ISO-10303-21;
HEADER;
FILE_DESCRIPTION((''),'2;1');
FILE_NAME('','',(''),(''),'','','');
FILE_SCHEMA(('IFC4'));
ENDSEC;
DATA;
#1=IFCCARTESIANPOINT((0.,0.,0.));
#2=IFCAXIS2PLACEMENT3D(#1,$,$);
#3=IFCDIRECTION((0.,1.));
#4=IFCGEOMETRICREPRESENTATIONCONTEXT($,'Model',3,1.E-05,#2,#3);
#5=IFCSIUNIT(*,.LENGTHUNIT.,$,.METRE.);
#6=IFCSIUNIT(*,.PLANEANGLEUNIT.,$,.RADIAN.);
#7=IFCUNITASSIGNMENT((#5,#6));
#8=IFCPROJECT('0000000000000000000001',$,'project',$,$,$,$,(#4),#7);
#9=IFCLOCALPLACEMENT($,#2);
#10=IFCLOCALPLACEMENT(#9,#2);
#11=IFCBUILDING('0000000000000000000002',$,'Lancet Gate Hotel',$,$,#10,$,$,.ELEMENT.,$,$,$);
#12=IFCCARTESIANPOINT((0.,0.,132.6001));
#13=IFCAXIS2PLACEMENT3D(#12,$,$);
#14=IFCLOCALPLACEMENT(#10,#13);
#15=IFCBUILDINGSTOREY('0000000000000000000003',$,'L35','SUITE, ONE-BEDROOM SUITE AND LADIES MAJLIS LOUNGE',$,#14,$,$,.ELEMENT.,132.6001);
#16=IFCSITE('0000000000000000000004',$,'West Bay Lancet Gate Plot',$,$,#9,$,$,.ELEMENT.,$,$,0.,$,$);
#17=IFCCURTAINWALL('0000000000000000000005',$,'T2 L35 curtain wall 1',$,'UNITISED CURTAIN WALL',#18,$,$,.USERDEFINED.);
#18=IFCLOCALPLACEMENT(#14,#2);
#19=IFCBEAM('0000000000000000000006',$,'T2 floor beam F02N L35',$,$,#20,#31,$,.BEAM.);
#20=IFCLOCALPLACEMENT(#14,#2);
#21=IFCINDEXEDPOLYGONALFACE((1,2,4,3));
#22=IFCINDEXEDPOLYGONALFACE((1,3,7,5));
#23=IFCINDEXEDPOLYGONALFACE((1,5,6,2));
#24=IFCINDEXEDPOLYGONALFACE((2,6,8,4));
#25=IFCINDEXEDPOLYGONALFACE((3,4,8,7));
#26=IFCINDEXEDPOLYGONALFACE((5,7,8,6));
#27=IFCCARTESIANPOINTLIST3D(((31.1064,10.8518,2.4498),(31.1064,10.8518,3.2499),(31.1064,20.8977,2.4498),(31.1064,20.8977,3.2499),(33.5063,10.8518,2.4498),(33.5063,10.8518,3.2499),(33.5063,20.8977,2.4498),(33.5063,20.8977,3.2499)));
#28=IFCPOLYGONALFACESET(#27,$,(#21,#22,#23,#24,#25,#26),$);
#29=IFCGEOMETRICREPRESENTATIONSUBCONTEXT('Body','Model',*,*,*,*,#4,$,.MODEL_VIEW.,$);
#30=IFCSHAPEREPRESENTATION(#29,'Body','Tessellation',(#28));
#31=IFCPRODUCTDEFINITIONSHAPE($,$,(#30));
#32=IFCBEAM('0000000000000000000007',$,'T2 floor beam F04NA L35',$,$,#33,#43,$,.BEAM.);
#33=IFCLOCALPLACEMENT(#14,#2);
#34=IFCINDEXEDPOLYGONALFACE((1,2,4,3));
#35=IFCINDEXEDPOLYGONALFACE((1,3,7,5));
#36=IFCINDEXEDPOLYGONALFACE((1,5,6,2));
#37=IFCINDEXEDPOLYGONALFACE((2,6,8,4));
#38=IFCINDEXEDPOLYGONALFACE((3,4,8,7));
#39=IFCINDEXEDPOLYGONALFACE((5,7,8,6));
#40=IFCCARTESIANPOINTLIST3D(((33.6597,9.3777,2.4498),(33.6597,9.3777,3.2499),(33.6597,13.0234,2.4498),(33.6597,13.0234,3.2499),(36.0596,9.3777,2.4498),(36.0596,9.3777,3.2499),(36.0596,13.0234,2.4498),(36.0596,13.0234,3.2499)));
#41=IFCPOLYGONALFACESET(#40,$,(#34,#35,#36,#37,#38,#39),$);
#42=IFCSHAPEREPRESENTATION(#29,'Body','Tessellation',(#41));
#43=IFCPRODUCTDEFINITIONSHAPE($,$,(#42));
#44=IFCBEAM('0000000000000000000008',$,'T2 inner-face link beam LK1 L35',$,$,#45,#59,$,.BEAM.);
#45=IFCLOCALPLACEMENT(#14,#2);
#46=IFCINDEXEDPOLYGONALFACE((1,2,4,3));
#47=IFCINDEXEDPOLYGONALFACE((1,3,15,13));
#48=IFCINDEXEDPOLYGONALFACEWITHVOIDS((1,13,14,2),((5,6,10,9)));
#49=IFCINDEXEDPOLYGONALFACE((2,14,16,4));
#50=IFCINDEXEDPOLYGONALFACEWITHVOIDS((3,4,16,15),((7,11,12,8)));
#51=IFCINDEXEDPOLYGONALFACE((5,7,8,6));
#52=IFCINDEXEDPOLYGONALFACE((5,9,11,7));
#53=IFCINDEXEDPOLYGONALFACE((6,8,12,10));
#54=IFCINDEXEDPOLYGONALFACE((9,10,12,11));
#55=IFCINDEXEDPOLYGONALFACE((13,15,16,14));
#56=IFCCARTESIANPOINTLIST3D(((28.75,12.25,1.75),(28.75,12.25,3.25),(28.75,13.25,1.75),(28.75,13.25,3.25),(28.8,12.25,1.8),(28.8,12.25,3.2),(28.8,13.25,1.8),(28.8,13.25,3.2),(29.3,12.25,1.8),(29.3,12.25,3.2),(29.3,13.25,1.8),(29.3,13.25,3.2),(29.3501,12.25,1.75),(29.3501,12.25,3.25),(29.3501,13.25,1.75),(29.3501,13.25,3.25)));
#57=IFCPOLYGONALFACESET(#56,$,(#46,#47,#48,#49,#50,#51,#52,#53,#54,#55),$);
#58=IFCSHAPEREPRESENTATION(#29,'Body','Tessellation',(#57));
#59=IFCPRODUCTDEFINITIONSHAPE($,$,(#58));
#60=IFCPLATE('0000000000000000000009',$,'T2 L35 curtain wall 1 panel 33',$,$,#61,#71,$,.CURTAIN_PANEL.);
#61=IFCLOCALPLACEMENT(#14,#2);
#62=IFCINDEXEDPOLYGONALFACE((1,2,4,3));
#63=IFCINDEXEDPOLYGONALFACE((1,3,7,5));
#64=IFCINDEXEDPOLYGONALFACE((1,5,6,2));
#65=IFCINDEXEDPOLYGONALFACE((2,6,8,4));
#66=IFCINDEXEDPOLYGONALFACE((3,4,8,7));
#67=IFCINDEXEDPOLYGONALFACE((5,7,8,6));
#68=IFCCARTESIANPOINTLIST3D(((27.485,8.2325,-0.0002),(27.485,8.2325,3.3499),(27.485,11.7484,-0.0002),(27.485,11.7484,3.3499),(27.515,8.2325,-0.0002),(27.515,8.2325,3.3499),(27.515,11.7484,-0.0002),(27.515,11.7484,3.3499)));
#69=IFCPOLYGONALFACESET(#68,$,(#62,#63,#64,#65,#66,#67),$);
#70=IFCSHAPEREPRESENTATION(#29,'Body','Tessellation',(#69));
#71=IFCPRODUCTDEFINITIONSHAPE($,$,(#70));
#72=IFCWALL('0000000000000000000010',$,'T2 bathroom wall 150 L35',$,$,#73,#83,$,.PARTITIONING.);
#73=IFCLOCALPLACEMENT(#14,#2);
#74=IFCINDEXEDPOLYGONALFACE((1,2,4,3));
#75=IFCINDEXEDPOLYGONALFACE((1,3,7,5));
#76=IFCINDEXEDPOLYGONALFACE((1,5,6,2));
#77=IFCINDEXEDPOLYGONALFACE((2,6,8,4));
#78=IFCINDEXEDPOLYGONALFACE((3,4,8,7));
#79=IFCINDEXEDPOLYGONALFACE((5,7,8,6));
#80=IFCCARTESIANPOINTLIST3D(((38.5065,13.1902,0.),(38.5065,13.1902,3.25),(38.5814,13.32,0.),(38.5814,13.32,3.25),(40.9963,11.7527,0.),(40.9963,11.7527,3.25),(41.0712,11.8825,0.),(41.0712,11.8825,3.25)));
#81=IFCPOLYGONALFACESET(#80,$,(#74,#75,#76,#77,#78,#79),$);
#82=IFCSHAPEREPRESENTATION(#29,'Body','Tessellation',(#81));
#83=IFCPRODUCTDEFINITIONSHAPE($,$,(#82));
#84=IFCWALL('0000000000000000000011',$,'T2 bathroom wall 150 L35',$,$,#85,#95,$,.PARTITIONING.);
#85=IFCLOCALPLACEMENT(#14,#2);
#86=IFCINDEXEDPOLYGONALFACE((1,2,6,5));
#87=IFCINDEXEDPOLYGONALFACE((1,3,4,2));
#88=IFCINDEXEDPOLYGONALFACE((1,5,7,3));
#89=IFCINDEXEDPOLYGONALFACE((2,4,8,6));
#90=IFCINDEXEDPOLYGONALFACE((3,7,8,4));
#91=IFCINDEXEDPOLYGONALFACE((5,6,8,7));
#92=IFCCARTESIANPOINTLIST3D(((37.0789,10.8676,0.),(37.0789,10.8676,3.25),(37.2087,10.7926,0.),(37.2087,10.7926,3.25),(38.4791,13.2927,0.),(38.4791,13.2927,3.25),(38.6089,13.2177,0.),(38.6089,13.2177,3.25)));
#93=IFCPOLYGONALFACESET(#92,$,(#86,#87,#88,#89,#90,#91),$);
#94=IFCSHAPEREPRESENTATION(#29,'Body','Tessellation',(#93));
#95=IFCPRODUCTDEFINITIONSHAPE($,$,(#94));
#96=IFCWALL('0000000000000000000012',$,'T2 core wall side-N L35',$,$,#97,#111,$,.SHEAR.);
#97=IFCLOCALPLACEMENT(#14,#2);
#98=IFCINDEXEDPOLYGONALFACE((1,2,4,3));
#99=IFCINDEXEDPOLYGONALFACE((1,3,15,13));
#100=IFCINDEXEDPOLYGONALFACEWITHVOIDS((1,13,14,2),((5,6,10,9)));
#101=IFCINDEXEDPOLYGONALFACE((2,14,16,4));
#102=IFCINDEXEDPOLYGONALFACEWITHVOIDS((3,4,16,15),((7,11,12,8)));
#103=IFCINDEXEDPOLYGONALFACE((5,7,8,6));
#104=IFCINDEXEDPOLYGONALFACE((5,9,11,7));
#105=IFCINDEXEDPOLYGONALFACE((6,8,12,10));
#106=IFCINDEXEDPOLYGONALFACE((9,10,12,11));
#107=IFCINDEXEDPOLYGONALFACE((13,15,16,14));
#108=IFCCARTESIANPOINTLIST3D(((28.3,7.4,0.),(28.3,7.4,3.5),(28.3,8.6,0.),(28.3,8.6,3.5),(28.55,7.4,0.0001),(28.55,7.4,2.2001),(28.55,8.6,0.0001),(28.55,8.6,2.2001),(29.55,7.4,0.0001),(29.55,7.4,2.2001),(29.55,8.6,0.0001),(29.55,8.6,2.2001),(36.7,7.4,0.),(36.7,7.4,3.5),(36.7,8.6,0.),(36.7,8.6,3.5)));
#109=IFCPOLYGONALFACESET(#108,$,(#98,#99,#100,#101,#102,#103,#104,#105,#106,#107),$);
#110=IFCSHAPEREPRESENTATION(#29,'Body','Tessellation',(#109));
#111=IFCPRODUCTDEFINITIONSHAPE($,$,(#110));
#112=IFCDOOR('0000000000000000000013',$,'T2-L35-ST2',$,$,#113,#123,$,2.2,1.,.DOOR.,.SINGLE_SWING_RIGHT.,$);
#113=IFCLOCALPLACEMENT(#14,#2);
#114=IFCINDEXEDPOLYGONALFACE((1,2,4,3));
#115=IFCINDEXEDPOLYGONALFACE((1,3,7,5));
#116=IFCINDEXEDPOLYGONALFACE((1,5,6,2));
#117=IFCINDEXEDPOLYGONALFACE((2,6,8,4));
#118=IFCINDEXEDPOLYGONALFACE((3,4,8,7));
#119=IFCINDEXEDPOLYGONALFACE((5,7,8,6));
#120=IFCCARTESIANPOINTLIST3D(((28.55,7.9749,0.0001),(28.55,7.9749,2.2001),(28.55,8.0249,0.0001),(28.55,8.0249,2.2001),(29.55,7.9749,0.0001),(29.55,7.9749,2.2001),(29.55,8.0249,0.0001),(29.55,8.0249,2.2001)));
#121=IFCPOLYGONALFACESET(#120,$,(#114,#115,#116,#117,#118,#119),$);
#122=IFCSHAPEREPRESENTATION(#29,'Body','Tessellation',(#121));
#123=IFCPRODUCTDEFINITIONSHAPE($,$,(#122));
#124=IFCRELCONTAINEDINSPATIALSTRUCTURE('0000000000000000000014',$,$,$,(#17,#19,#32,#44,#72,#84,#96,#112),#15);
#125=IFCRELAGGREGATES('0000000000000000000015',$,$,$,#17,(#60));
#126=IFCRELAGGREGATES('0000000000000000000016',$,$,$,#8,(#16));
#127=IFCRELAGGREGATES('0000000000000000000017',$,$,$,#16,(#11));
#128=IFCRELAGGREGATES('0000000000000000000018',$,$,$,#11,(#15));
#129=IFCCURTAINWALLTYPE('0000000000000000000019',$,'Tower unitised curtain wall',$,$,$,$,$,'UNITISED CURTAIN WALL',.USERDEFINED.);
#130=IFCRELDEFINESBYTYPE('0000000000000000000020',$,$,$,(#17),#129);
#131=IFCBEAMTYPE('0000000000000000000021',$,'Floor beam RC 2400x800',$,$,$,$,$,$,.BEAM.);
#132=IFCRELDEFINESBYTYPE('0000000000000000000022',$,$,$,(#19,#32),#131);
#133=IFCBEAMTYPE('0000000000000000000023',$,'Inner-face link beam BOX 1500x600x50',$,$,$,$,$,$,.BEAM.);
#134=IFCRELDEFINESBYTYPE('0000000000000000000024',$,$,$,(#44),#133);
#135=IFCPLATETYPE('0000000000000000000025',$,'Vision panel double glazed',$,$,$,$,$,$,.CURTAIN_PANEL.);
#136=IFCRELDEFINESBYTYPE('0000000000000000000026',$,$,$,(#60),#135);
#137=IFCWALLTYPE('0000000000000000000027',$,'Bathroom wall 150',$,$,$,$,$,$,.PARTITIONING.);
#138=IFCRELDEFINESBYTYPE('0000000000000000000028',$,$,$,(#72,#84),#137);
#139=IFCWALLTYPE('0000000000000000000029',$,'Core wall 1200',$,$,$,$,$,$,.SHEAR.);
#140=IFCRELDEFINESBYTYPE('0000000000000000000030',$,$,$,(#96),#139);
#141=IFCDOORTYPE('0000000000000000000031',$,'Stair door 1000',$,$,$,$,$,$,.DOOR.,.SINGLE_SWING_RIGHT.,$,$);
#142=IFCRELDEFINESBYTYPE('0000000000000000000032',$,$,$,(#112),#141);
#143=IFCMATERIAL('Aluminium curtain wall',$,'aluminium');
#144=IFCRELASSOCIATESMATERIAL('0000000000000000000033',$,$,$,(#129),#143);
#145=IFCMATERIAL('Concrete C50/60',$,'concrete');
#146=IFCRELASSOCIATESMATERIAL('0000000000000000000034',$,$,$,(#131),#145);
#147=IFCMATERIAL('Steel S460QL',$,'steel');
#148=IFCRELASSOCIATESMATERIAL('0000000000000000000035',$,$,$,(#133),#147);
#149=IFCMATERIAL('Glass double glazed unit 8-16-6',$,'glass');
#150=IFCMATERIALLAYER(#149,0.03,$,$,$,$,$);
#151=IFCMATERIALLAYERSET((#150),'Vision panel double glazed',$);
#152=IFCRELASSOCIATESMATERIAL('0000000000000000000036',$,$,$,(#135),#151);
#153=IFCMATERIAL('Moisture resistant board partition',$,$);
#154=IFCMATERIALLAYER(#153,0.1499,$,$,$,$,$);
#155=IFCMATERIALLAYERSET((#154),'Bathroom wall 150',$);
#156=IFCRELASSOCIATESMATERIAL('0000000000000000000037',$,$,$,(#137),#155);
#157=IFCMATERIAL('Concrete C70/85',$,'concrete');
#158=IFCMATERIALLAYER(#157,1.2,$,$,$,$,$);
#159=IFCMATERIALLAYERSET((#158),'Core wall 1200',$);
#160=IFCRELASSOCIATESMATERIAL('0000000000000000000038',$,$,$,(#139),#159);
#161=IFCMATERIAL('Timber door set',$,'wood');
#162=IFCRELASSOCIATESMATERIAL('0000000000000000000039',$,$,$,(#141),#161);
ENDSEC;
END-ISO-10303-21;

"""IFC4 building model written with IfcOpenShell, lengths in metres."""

from ifc_helpers import new_model, si_unit, direction, frame, frame_2d, origin, origin_2d, place, context, subcontext, project, spatial, rectangle, hollow_rectangle, extrude, material, layer, layer_set, material_profile, profile_set, type_object, element, fill, aggregate, save


model = new_model("IFC4")

# Units and contexts
model_context = context("Model", 3, precision=1e-05, world=origin(), true_north=direction((0.0, 1.0)))
body_context = subcontext(model_context, "Body", "Model", "MODEL_VIEW")
ifc_project = project(units=[si_unit("LENGTHUNIT", "METRE"), si_unit("PLANEANGLEUNIT", "RADIAN")], contexts=[model_context])

# Site, building, storey
site_placement = place(None, origin())
site = spatial("IfcSite", under=ifc_project, at=site_placement, Name="West Bay Lancet Gate Plot", CompositionType="ELEMENT", RefElevation=0.0)
building_placement = place(site_placement, origin())
building = spatial("IfcBuilding", under=site, at=building_placement, Name="Lancet Gate Hotel", CompositionType="ELEMENT")
storey_placement = place(building_placement, frame((0.0, 0.0, 132.6001)))
storey = spatial("IfcBuildingStorey", under=building, at=storey_placement, Name="L35", Description="SUITE, ONE-BEDROOM SUITE AND LADIES MAJLIS LOUNGE", CompositionType="ELEMENT", Elevation=132.6001)

# Curtain wall
ifc_material_1 = material(Name="Aluminium curtain wall", Category="aluminium")
curtain_wall_type = type_object("IfcCurtainWallType", Name="Tower unitised curtain wall", ElementType="UNITISED CURTAIN WALL", PredefinedType="USERDEFINED", material=ifc_material_1)
curtain_wall_placement = place(storey_placement, origin())
curtain_wall = element("IfcCurtainWall", 1, at=curtain_wall_placement, inside=storey, type_object=curtain_wall_type, Name="T2 L35 curtain wall 1", ObjectType="UNITISED CURTAIN WALL", PredefinedType="USERDEFINED")

# Beams
ifc_material_2 = material(Name="Concrete C50/60", Category="concrete")
ifc_material_profile_1 = material_profile(ifc_material_2, rectangle(XDim=2.3999, YDim=0.8, at=origin_2d()), Name="RC 2400x800")
ifc_profile_set_1 = profile_set([ifc_material_profile_1], Name="Concrete C50/60")
beam_type_1 = type_object("IfcBeamType", Name="Floor beam RC 2400x800", PredefinedType="BEAM", material=ifc_profile_set_1)
beam_1_placement = place(storey_placement, frame((32.3064, 10.8518, 2.8499), z_axis=(0.0, 1.0, 0.0), x_axis=(-1.0, 0.0, 0.0)))
element("IfcBeam", 2, at=beam_1_placement, inside=storey, type_object=beam_type_1, Name="T2 floor beam F02N L35", PredefinedType="BEAM", context=body_context, shape_type="SweptSolid", body=[
    extrude(rectangle(XDim=2.3999, YDim=0.8, at=origin_2d()), origin(), (0.0, 0.0, 1.0), 10.0459),
])
beam_2_placement = place(storey_placement, frame((34.8596, 9.3777, 2.8499), z_axis=(0.0, 1.0, 0.0), x_axis=(-1.0, 0.0, 0.0)))
element("IfcBeam", 3, at=beam_2_placement, inside=storey, type_object=beam_type_1, Name="T2 floor beam F04NA L35", PredefinedType="BEAM", context=body_context, shape_type="SweptSolid", body=[
    extrude(rectangle(XDim=2.3999, YDim=0.8, at=origin_2d()), origin(), (0.0, 0.0, 1.0), 3.6458),
])
ifc_material_3 = material(Name="Steel S460QL", Category="steel")
ifc_material_profile_2 = material_profile(ifc_material_3, hollow_rectangle(XDim=0.6001, YDim=1.5, WallThickness=0.05, at=origin_2d()), Name="BOX 1500x600x50")
ifc_profile_set_2 = profile_set([ifc_material_profile_2], Name="Steel S460QL")
beam_type_2 = type_object("IfcBeamType", Name="Inner-face link beam BOX 1500x600x50", PredefinedType="BEAM", material=ifc_profile_set_2)
beam_3_placement = place(storey_placement, frame((29.05, 12.25, 2.5), z_axis=(0.0, 1.0, 0.0), x_axis=(-1.0, 0.0, 0.0)))
element("IfcBeam", 4, at=beam_3_placement, inside=storey, type_object=beam_type_2, Name="T2 inner-face link beam LK1 L35", PredefinedType="BEAM", context=body_context, shape_type="SweptSolid", body=[
    extrude(hollow_rectangle(XDim=0.6001, YDim=1.5, WallThickness=0.05, at=origin_2d()), origin(), (0.0, 0.0, 1.0), 1.0),
])

# Plate
ifc_material_4 = material(Name="Glass double glazed unit 8-16-6", Category="glass")
ifc_layer_1 = layer(ifc_material_4, 0.03)
ifc_layer_set_1 = layer_set([ifc_layer_1], Name="Vision panel double glazed")
plate_type = type_object("IfcPlateType", Name="Vision panel double glazed", PredefinedType="CURTAIN_PANEL", material=ifc_layer_set_1)
plate_placement = place(storey_placement, frame((27.5, 9.9905, -0.0002), z_axis=(0.0, 0.0, 1.0), x_axis=(0.0, -1.0, 0.0)))
plate = element("IfcPlate", 5, at=plate_placement, type_object=plate_type, Name="T2 L35 curtain wall 1 panel 33", PredefinedType="CURTAIN_PANEL", context=body_context, shape_type="SweptSolid", body=[
    extrude(rectangle(XDim=3.5159, YDim=0.03, at=origin_2d()), origin(), (0.0, 0.0, 1.0), 3.3501),
])
aggregate(curtain_wall, [plate])

# Walls
ifc_material_5 = material(Name="Moisture resistant board partition")
ifc_layer_2 = layer(ifc_material_5, 0.1499)
ifc_layer_set_2 = layer_set([ifc_layer_2], Name="Bathroom wall 150")
wall_type_1 = type_object("IfcWallType", Name="Bathroom wall 150", PredefinedType="PARTITIONING", material=ifc_layer_set_2)
wall_1_placement = place(storey_placement, frame((38.5439, 13.2551, 0.0), z_axis=(0.0, 0.0, 1.0), x_axis=(0.866019, -0.500012, 0.0)))
element("IfcWall", 6, at=wall_1_placement, inside=storey, type_object=wall_type_1, Name="T2 bathroom wall 150 L35", PredefinedType="PARTITIONING", context=body_context, shape_type="SweptSolid", body=[
    extrude(rectangle(XDim=2.875, YDim=0.1499, at=frame_2d((1.4375, 0.0))), origin(), (0.0, 0.0, 1.0), 3.25),
])
wall_2_placement = place(storey_placement, frame((37.1438, 10.8301, 0.0), z_axis=(0.0, 0.0, 1.0), x_axis=(0.500012, 0.866019, 0.0)))
element("IfcWall", 7, at=wall_2_placement, inside=storey, type_object=wall_type_1, Name="T2 bathroom wall 150 L35", PredefinedType="PARTITIONING", context=body_context, shape_type="SweptSolid", body=[
    extrude(rectangle(XDim=2.8003, YDim=0.1499, at=frame_2d((1.4001, 0.0))), origin(), (0.0, 0.0, 1.0), 3.25),
])

# Wall, opening, door
ifc_material_6 = material(Name="Concrete C70/85", Category="concrete")
ifc_layer_3 = layer(ifc_material_6, 1.2)
ifc_layer_set_3 = layer_set([ifc_layer_3], Name="Core wall 1200")
wall_type_2 = type_object("IfcWallType", Name="Core wall 1200", PredefinedType="SHEAR", material=ifc_layer_set_3)
wall_3_placement = place(storey_placement, frame((28.3, 8.0, 0.0), z_axis=(0.0, 0.0, 1.0), x_axis=(1.0, 0.0, 0.0)))
wall_3 = element("IfcWall", 8, at=wall_3_placement, inside=storey, type_object=wall_type_2, Name="T2 core wall side-N L35", PredefinedType="SHEAR", context=body_context, shape_type="SweptSolid", body=[
    extrude(rectangle(XDim=8.3999, YDim=1.2, at=frame_2d((4.2, 0.0))), origin(), (0.0, 0.0, 1.0), 3.5),
])
opening_1_placement = place(wall_3_placement, frame((0.25, 0.0, 0.0)))
opening_1 = element("IfcOpeningElement", 9, at=opening_1_placement, cuts=wall_3, PredefinedType="OPENING", context=body_context, shape_type="SweptSolid", body=[
    extrude(rectangle(XDim=1.0, YDim=2.2, at=frame_2d((0.5, 1.1001))), frame((0.0, 0.6099, 0.0), z_axis=(0.0, -1.0, 0.0), x_axis=(1.0, 0.0, 0.0)), (0.0, 0.0, 1.0), 1.22),
])
ifc_material_7 = material(Name="Timber door set", Category="wood")
door_type_1 = type_object("IfcDoorType", Name="Stair door 1000", OperationType="SINGLE_SWING_RIGHT", PredefinedType="DOOR", material=ifc_material_7)
door_1_placement = place(opening_1_placement, origin())
door_1 = element("IfcDoor", 10, at=door_1_placement, inside=storey, type_object=door_type_1, Name="T2-L35-ST2", OperationType="SINGLE_SWING_RIGHT", OverallHeight=2.2, OverallWidth=1.0, PredefinedType="DOOR", context=body_context, shape_type="SweptSolid", body=[
    extrude(rectangle(XDim=1.0, YDim=2.2, at=frame_2d((0.5, 1.1001))), frame((0.0, 0.0249, 0.0), z_axis=(0.0, -1.0, 0.0), x_axis=(1.0, 0.0, 0.0)), (0.0, 0.0, 1.0), 0.05),
])
fill(opening_1, door_1)

save(model, "model.ifc")
